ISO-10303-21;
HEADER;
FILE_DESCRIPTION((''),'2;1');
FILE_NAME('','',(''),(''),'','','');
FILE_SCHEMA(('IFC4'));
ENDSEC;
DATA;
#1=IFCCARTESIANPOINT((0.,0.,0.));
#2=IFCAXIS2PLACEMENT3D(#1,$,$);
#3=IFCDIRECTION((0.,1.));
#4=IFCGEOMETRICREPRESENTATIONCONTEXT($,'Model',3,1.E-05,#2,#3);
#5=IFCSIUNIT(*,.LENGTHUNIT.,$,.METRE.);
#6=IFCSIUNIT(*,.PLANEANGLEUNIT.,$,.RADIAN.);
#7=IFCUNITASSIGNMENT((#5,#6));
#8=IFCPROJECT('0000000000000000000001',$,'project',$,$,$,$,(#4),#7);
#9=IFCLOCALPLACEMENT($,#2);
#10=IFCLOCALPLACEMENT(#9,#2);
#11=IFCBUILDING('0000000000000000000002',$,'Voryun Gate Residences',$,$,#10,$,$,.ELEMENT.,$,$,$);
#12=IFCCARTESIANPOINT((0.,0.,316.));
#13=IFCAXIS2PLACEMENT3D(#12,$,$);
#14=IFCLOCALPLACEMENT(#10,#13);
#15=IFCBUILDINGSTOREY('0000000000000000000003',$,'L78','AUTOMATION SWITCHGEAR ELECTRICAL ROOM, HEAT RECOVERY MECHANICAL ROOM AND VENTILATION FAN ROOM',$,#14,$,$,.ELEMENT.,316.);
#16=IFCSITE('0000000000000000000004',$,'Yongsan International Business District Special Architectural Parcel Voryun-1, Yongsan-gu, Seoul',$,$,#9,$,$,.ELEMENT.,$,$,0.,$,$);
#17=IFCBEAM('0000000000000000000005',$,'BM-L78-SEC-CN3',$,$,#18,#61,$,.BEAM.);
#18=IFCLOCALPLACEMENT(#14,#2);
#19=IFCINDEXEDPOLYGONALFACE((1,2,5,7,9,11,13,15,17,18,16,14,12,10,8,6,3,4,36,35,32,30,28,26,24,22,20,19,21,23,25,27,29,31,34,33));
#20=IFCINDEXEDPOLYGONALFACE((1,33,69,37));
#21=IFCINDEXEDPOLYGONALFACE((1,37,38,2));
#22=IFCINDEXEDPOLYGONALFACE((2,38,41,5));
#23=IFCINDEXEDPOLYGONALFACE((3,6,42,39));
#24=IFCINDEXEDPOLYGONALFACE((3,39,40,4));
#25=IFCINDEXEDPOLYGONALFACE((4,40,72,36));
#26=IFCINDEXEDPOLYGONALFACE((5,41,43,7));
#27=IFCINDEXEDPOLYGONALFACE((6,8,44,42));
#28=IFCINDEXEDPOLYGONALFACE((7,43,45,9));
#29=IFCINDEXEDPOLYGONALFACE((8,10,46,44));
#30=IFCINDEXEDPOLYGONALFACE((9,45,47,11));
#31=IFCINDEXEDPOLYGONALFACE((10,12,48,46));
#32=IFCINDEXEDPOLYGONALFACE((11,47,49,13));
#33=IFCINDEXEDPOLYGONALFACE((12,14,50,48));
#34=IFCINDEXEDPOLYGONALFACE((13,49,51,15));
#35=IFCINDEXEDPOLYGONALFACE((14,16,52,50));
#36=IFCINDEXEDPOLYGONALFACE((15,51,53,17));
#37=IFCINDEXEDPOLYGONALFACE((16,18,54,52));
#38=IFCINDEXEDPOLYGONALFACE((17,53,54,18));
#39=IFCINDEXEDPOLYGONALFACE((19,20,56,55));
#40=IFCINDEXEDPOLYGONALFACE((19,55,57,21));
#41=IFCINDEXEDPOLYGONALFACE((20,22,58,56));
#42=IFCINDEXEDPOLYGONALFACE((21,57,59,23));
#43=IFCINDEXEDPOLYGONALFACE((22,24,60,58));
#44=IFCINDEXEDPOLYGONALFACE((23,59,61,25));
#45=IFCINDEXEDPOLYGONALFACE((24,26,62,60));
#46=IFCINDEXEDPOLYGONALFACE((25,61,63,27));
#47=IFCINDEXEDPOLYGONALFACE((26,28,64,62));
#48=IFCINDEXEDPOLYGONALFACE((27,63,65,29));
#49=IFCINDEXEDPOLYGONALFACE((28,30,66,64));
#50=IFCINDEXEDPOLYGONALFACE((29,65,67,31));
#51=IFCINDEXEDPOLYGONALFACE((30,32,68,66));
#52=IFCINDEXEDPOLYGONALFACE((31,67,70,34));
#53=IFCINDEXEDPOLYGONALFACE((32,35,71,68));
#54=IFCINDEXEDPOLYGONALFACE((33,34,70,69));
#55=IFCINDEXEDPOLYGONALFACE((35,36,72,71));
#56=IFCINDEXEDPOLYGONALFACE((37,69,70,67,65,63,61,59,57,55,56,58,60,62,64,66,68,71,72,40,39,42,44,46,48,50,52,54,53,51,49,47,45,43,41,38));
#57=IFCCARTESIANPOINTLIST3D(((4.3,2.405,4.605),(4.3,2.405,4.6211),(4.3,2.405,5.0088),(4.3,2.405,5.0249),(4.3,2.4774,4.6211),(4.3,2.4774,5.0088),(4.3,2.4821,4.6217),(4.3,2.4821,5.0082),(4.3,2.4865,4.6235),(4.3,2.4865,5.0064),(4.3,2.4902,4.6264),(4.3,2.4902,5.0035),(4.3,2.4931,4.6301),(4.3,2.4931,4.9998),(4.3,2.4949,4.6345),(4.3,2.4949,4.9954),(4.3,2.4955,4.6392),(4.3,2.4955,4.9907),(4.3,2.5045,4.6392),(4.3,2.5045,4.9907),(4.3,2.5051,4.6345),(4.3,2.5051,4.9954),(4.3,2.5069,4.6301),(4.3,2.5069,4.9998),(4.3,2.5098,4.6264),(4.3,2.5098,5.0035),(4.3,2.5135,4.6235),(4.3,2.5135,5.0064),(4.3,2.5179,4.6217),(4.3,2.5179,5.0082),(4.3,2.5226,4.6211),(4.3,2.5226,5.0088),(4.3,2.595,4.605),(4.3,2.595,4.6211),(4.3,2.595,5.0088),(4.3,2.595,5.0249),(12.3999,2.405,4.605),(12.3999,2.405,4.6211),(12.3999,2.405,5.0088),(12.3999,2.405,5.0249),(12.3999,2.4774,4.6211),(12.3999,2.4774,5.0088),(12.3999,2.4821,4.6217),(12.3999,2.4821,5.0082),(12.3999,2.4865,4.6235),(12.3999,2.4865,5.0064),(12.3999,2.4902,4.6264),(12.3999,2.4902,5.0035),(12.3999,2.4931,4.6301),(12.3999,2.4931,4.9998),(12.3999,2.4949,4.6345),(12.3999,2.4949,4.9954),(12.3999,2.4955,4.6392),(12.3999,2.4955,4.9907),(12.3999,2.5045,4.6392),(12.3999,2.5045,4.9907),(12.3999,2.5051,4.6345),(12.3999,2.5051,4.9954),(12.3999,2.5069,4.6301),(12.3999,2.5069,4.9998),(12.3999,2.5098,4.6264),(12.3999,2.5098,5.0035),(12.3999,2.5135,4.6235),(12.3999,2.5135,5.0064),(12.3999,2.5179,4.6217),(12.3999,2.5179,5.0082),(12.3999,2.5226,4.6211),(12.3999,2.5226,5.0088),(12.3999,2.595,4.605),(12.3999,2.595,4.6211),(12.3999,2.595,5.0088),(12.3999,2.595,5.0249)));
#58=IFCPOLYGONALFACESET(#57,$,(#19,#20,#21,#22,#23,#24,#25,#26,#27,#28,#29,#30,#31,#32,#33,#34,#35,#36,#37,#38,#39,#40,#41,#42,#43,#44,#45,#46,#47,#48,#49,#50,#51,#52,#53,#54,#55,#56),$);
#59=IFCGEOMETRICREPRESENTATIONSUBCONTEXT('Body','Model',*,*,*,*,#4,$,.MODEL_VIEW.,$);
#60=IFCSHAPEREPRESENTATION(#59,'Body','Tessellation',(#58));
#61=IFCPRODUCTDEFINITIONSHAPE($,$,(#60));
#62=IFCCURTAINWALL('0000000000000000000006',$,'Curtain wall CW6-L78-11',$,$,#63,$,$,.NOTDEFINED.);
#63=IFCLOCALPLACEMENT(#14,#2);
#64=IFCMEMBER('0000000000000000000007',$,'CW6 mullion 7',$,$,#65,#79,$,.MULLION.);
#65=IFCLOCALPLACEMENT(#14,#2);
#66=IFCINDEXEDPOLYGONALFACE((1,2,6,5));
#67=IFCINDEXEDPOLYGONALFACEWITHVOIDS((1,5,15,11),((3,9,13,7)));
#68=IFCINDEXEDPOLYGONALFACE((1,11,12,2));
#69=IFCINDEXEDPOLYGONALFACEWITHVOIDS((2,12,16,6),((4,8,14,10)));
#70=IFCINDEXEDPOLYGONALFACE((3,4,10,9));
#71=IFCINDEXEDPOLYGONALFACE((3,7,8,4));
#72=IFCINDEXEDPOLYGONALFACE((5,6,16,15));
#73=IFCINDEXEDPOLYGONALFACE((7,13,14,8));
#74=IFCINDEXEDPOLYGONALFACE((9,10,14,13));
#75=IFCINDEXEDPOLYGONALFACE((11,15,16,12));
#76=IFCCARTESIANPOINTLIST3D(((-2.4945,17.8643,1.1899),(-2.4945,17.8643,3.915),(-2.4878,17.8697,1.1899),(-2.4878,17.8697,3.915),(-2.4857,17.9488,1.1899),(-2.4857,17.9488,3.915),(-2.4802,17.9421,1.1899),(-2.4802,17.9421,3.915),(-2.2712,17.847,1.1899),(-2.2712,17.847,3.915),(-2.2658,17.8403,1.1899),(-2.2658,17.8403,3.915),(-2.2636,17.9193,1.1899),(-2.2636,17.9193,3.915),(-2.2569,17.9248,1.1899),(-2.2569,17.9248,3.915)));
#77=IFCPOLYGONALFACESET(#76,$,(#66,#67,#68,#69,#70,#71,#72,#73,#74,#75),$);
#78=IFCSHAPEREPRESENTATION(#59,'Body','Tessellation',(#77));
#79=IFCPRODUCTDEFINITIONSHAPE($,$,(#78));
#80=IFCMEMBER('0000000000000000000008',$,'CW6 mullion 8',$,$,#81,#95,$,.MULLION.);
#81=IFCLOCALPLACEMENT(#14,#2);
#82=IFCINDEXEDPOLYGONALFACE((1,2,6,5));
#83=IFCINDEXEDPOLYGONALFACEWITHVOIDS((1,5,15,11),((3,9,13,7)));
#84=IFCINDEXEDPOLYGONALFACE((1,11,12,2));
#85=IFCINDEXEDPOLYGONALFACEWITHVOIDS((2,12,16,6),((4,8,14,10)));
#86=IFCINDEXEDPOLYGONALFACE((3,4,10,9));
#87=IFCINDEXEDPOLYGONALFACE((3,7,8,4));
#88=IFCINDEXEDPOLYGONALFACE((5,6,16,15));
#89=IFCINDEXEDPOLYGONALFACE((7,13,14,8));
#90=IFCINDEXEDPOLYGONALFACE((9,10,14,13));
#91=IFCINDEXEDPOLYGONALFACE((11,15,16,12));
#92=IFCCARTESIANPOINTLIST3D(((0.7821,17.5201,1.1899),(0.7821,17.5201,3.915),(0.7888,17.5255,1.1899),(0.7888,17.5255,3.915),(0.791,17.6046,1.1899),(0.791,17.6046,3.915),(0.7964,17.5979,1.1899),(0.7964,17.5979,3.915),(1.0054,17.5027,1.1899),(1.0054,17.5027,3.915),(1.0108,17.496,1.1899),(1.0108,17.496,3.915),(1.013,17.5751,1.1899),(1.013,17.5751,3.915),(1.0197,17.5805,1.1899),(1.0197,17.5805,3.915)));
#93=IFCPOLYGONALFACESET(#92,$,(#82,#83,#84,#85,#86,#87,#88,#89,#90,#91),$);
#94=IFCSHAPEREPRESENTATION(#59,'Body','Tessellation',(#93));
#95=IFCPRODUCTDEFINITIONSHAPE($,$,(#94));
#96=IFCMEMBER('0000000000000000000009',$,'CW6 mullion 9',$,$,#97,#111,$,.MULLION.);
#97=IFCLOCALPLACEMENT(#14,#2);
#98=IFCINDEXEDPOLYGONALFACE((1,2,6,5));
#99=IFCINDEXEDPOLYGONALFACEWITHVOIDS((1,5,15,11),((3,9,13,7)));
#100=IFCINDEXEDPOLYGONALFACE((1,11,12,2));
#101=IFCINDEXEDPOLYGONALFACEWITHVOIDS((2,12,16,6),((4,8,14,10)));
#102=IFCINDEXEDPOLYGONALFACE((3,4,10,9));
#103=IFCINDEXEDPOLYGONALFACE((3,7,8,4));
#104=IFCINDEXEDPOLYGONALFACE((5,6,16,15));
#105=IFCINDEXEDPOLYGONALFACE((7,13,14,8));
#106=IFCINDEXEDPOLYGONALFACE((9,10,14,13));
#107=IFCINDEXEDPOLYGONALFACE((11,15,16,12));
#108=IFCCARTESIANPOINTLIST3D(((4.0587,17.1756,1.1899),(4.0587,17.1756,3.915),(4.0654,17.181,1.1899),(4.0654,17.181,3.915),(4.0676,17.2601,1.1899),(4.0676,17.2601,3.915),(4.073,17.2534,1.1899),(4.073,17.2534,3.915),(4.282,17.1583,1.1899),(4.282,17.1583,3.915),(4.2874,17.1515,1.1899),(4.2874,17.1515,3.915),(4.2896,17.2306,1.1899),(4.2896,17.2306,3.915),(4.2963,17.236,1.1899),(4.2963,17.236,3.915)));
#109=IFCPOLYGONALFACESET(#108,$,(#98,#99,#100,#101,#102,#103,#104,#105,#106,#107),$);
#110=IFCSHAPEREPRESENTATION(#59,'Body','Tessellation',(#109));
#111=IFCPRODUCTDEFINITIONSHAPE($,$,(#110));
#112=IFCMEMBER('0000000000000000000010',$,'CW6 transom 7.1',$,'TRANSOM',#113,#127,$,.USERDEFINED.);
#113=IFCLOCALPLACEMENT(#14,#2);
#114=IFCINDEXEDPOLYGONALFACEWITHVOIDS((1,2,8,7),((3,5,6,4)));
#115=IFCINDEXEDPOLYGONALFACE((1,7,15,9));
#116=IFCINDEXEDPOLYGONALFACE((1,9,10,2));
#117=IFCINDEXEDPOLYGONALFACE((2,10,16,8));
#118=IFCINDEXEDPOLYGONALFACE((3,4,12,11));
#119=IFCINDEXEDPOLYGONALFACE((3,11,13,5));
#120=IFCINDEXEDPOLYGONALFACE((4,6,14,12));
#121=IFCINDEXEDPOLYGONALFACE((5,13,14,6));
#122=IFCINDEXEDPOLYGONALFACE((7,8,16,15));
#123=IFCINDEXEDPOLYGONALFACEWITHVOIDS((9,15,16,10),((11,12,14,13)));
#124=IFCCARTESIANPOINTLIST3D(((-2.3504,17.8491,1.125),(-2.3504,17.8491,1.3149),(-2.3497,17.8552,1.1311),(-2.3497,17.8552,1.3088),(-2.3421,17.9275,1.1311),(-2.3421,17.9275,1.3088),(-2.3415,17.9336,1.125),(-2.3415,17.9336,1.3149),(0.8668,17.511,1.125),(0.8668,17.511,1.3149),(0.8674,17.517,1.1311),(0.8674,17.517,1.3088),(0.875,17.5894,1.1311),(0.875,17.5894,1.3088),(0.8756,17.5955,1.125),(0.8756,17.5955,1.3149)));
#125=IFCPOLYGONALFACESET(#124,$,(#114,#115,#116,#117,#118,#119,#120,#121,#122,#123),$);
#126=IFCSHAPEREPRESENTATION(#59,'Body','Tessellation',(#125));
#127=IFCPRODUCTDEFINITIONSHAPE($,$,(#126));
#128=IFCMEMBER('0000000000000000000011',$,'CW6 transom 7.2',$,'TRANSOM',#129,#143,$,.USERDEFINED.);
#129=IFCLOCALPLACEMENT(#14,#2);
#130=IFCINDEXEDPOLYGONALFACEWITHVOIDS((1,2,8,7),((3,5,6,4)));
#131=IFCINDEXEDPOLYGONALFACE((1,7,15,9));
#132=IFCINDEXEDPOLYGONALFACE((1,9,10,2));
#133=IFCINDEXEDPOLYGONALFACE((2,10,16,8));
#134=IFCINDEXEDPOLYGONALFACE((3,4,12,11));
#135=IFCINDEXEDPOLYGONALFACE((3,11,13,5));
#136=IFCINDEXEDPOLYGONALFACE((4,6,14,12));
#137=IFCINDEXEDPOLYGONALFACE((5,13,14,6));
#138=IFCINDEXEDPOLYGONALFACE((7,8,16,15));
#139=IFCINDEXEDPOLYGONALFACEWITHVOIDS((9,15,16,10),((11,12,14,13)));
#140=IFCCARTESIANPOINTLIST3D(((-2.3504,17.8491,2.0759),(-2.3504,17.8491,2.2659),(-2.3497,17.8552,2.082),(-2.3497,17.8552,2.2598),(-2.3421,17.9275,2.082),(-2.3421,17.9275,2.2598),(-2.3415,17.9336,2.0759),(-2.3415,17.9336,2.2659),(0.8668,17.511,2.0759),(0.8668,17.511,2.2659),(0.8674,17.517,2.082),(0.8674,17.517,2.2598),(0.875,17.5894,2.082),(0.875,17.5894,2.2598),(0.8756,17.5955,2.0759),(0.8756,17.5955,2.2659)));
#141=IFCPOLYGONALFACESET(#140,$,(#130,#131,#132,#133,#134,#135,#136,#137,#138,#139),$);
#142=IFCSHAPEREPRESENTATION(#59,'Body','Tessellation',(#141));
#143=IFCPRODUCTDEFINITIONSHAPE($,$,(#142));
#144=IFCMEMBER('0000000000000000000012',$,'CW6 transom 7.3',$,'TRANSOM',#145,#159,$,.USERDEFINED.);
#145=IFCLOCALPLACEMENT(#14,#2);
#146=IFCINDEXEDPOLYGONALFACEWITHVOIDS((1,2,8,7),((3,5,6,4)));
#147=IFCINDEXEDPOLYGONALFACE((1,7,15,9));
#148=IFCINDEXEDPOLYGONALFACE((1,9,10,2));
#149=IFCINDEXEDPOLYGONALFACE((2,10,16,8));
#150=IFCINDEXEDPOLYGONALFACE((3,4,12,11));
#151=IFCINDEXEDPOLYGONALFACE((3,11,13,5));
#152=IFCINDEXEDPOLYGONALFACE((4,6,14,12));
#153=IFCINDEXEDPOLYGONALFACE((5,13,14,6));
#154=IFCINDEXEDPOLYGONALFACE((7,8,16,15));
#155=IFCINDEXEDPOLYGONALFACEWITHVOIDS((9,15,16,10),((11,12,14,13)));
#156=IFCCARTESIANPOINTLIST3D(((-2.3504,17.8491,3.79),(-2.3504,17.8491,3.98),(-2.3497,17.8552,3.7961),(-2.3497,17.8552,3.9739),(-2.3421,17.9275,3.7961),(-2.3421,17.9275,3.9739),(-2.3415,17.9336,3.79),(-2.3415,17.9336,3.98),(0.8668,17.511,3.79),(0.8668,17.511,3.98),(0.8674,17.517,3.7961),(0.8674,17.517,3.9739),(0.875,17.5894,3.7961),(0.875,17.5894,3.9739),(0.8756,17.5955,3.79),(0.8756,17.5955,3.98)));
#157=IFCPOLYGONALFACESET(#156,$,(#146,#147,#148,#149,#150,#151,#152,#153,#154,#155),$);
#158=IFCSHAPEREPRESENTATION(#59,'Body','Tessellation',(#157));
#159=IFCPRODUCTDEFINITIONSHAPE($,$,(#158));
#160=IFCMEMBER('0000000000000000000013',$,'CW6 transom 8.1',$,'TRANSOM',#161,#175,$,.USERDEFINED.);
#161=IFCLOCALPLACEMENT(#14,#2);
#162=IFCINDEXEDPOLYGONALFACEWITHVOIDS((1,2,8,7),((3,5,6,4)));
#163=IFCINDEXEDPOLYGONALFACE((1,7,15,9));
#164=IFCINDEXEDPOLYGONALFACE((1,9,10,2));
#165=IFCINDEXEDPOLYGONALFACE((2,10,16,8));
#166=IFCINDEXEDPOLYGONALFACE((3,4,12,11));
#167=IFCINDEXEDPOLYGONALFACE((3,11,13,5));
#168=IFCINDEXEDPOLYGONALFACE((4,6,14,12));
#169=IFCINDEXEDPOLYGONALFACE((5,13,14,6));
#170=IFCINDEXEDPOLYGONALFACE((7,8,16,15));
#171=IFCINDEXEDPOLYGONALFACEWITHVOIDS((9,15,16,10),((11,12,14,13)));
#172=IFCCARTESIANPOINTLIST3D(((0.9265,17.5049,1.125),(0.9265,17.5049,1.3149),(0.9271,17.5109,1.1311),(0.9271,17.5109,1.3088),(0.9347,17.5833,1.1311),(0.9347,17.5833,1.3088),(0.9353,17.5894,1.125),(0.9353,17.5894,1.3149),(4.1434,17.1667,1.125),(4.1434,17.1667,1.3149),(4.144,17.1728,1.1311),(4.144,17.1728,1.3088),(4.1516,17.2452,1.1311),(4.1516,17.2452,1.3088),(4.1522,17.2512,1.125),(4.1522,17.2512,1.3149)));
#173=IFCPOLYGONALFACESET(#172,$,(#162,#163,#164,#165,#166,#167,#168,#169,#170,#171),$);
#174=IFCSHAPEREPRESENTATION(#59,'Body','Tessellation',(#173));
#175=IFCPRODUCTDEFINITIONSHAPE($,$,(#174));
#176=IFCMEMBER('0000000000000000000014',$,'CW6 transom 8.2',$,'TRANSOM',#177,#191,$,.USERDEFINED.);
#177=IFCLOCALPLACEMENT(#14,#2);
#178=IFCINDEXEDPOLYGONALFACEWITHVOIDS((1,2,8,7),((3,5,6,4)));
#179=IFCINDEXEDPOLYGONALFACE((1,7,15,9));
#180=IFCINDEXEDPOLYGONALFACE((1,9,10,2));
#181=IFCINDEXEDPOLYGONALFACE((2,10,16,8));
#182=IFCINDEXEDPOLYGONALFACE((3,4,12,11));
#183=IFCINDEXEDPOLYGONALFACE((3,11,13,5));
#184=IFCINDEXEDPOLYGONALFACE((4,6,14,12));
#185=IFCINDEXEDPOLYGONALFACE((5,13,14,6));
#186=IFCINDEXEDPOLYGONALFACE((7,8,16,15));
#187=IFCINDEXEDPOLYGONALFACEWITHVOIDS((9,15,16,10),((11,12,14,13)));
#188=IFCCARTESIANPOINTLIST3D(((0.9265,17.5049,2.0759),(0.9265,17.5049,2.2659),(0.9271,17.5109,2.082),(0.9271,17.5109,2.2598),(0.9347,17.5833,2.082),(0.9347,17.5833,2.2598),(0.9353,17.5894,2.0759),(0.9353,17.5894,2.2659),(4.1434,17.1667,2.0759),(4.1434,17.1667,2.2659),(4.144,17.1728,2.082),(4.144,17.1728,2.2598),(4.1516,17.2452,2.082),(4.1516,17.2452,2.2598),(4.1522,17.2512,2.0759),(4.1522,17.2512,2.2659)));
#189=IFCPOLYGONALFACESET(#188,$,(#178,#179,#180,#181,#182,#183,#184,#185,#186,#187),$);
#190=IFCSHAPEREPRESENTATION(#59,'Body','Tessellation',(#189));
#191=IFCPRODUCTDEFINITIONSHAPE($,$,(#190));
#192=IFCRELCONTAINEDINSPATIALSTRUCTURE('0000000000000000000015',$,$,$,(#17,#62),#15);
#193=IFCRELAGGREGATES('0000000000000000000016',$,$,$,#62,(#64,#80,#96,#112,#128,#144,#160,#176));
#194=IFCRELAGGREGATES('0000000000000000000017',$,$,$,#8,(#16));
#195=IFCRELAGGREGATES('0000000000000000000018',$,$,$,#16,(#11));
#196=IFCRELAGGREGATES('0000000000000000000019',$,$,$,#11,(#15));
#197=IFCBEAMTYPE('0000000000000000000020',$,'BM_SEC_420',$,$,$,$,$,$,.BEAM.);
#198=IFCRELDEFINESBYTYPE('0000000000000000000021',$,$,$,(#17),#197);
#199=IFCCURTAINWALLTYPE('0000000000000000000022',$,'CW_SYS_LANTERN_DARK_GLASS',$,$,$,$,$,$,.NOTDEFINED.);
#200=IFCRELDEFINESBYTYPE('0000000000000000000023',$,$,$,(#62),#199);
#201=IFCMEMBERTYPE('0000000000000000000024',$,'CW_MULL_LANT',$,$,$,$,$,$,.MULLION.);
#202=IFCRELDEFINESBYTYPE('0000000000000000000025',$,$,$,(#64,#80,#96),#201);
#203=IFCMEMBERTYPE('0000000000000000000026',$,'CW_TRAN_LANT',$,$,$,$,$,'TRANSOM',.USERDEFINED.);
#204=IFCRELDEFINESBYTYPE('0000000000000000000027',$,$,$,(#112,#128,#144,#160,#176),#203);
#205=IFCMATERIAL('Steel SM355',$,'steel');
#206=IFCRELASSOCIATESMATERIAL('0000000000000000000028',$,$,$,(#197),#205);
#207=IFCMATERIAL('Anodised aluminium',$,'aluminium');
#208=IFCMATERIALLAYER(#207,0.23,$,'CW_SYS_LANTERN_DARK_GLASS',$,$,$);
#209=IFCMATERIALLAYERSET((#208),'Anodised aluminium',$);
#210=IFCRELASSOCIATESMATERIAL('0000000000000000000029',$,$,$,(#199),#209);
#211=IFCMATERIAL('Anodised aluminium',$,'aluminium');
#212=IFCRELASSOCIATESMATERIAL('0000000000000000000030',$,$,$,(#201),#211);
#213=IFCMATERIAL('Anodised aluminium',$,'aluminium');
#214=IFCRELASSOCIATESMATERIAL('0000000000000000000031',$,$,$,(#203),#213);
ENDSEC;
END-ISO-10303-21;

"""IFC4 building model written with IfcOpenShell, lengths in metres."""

from ifc_helpers import new_model, si_unit, direction, frame, origin, origin_2d, place, context, subcontext, project, spatial, hollow_rectangle, i_section, extrude, material, layer, layer_set, material_profile, profile_set, type_object, element, aggregate, save


model = new_model("IFC4")

# Units and contexts
model_context = context("Model", 3, precision=1e-05, world=origin(), true_north=direction((0.0, 1.0)))
body_context = subcontext(model_context, "Body", "Model", "MODEL_VIEW")
ifc_project = project(units=[si_unit("LENGTHUNIT", "METRE"), si_unit("PLANEANGLEUNIT", "RADIAN")], contexts=[model_context])

# Site, building, storey
site_placement = place(None, origin())
site = spatial("IfcSite", under=ifc_project, at=site_placement, Name="Yongsan International Business District Special Architectural Parcel Voryun-1, Yongsan-gu, Seoul", CompositionType="ELEMENT", RefElevation=0.0)
building_placement = place(site_placement, origin())
building = spatial("IfcBuilding", under=site, at=building_placement, Name="Voryun Gate Residences", CompositionType="ELEMENT")
storey_placement = place(building_placement, frame((0.0, 0.0, 316.0)))
storey = spatial("IfcBuildingStorey", under=building, at=storey_placement, Name="L78", Description="AUTOMATION SWITCHGEAR ELECTRICAL ROOM, HEAT RECOVERY MECHANICAL ROOM AND VENTILATION FAN ROOM", CompositionType="ELEMENT", Elevation=316.0)

# Beam
ifc_material_1 = material(Name="Steel SM355", Category="steel")
ifc_material_profile_1 = material_profile(ifc_material_1, i_section(OverallWidth=0.1899, OverallDepth=0.4199, WebThickness=0.009, FlangeThickness=0.0161, FilletRadius=0.0181, at=origin_2d()), Name="H-420x190x9x16")
ifc_profile_set_1 = profile_set([ifc_material_profile_1], Name="Steel SM355")
beam_type_1 = type_object("IfcBeamType", Name="BM_SEC_420", PredefinedType="BEAM", material=ifc_profile_set_1)
for number, where, z_axis, x_axis, name in (
    (1, (4.3, 2.5, 4.8149), (1.0, 0.0, 0.0), (0.0, 1.0, 0.0), "BM-L78-SEC-CN3"),
):
    element("IfcBeam", number, at=place(storey_placement, frame(where, z_axis=z_axis, x_axis=x_axis)), inside=storey, type_object=beam_type_1, Name=name, PredefinedType="BEAM", context=body_context, shape_type="SweptSolid", body=[
        extrude(i_section(OverallWidth=0.1899, OverallDepth=0.4199, WebThickness=0.009, FlangeThickness=0.0161, FilletRadius=0.0181, at=origin_2d()), origin(), (0.0, 0.0, 1.0), 8.0999),
    ])

# Curtain wall, members
ifc_material_2 = material(Name="Anodised aluminium", Category="aluminium")
ifc_layer_1 = layer(ifc_material_2, 0.23, Name="CW_SYS_LANTERN_DARK_GLASS")
ifc_layer_set_1 = layer_set([ifc_layer_1], Name="Anodised aluminium")
curtain_wall_type = type_object("IfcCurtainWallType", Name="CW_SYS_LANTERN_DARK_GLASS", PredefinedType="NOTDEFINED", material=ifc_layer_set_1)
curtain_wall_placement = place(storey_placement, origin())
curtain_wall = element("IfcCurtainWall", 2, at=curtain_wall_placement, inside=storey, type_object=curtain_wall_type, Name="Curtain wall CW6-L78-11", PredefinedType="NOTDEFINED")
ifc_material_3 = material(Name="Anodised aluminium", Category="aluminium")
ifc_material_profile_2 = material_profile(ifc_material_3, hollow_rectangle(XDim=0.085, YDim=0.23, WallThickness=0.0061, at=origin_2d()), Name="ALU-MULL-230x85x6")
ifc_profile_set_2 = profile_set([ifc_material_profile_2], Name="Anodised aluminium")
member_type_1 = type_object("IfcMemberType", Name="CW_MULL_LANT", PredefinedType="MULLION", material=ifc_profile_set_2)
member_1_placement = place(storey_placement, frame((-2.3757, 17.8945, 1.1899), z_axis=(0.0, 0.0, 1.0), x_axis=(0.104528, 0.994522, 0.0)))
member_1 = element("IfcMember", 3, at=member_1_placement, type_object=member_type_1, Name="CW6 mullion 7", PredefinedType="MULLION", context=body_context, shape_type="SweptSolid", body=[
    extrude(hollow_rectangle(XDim=0.085, YDim=0.23, WallThickness=0.0061, at=origin_2d()), origin(), (0.0, 0.0, 1.0), 2.7251),
])
member_2_placement = place(storey_placement, frame((0.9009, 17.5503, 1.1899), z_axis=(0.0, 0.0, 1.0), x_axis=(0.104528, 0.994522, 0.0)))
member_2 = element("IfcMember", 4, at=member_2_placement, type_object=member_type_1, Name="CW6 mullion 8", PredefinedType="MULLION", context=body_context, shape_type="SweptSolid", body=[
    extrude(hollow_rectangle(XDim=0.085, YDim=0.23, WallThickness=0.0061, at=origin_2d()), origin(), (0.0, 0.0, 1.0), 2.7251),
])
member_3_placement = place(storey_placement, frame((4.1775, 17.2058, 1.1899), z_axis=(0.0, 0.0, 1.0), x_axis=(0.104528, 0.994522, 0.0)))
member_3 = element("IfcMember", 5, at=member_3_placement, type_object=member_type_1, Name="CW6 mullion 9", PredefinedType="MULLION", context=body_context, shape_type="SweptSolid", body=[
    extrude(hollow_rectangle(XDim=0.085, YDim=0.23, WallThickness=0.0061, at=origin_2d()), origin(), (0.0, 0.0, 1.0), 2.7251),
])
ifc_material_4 = material(Name="Anodised aluminium", Category="aluminium")
ifc_material_profile_3 = material_profile(ifc_material_4, hollow_rectangle(XDim=0.085, YDim=0.1899, WallThickness=0.0061, at=origin_2d()), Name="ALU-TRAN-190x85x6")
ifc_profile_set_3 = profile_set([ifc_material_profile_3], Name="Anodised aluminium")
member_type_2 = type_object("IfcMemberType", Name="CW_TRAN_LANT", ElementType="TRANSOM", PredefinedType="USERDEFINED", material=ifc_profile_set_3)
member_4_placement = place(storey_placement, frame((-2.3459, 17.8914, 1.22), z_axis=(0.994522, -0.104532, 0.0), x_axis=(0.104532, 0.994522, 0.0)))
member_4 = element("IfcMember", 6, at=member_4_placement, type_object=member_type_2, Name="CW6 transom 7.1", ObjectType="TRANSOM", PredefinedType="USERDEFINED", context=body_context, shape_type="SweptSolid", body=[
    extrude(hollow_rectangle(XDim=0.085, YDim=0.1899, WallThickness=0.0061, at=origin_2d()), origin(), (0.0, 0.0, 1.0), 3.2349),
])
member_5_placement = place(storey_placement, frame((-2.3459, 17.8914, 2.1709), z_axis=(0.994522, -0.104532, 0.0), x_axis=(0.104532, 0.994522, 0.0)))
member_5 = element("IfcMember", 7, at=member_5_placement, type_object=member_type_2, Name="CW6 transom 7.2", ObjectType="TRANSOM", PredefinedType="USERDEFINED", context=body_context, shape_type="SweptSolid", body=[
    extrude(hollow_rectangle(XDim=0.085, YDim=0.1899, WallThickness=0.0061, at=origin_2d()), origin(), (0.0, 0.0, 1.0), 3.2349),
])
member_6_placement = place(storey_placement, frame((-2.3459, 17.8914, 3.885), z_axis=(0.994522, -0.104532, 0.0), x_axis=(0.104532, 0.994522, 0.0)))
member_6 = element("IfcMember", 8, at=member_6_placement, type_object=member_type_2, Name="CW6 transom 7.3", ObjectType="TRANSOM", PredefinedType="USERDEFINED", context=body_context, shape_type="SweptSolid", body=[
    extrude(hollow_rectangle(XDim=0.085, YDim=0.1899, WallThickness=0.0061, at=origin_2d()), origin(), (0.0, 0.0, 1.0), 3.2349),
])
member_7_placement = place(storey_placement, frame((0.9309, 17.5471, 1.22), z_axis=(0.994521, -0.104539, 0.0), x_axis=(0.104539, 0.994521, 0.0)))
member_7 = element("IfcMember", 9, at=member_7_placement, type_object=member_type_2, Name="CW6 transom 8.1", ObjectType="TRANSOM", PredefinedType="USERDEFINED", context=body_context, shape_type="SweptSolid", body=[
    extrude(hollow_rectangle(XDim=0.085, YDim=0.1899, WallThickness=0.0061, at=origin_2d()), origin(), (0.0, 0.0, 1.0), 3.2346),
])
member_8_placement = place(storey_placement, frame((0.9309, 17.5471, 2.1709), z_axis=(0.994521, -0.104539, 0.0), x_axis=(0.104539, 0.994521, 0.0)))
member_8 = element("IfcMember", 10, at=member_8_placement, type_object=member_type_2, Name="CW6 transom 8.2", ObjectType="TRANSOM", PredefinedType="USERDEFINED", context=body_context, shape_type="SweptSolid", body=[
    extrude(hollow_rectangle(XDim=0.085, YDim=0.1899, WallThickness=0.0061, at=origin_2d()), origin(), (0.0, 0.0, 1.0), 3.2346),
])

aggregate(curtain_wall, [member_1, member_2, member_3, member_4, member_5, member_6, member_7, member_8])

save(model, "model.ifc")
